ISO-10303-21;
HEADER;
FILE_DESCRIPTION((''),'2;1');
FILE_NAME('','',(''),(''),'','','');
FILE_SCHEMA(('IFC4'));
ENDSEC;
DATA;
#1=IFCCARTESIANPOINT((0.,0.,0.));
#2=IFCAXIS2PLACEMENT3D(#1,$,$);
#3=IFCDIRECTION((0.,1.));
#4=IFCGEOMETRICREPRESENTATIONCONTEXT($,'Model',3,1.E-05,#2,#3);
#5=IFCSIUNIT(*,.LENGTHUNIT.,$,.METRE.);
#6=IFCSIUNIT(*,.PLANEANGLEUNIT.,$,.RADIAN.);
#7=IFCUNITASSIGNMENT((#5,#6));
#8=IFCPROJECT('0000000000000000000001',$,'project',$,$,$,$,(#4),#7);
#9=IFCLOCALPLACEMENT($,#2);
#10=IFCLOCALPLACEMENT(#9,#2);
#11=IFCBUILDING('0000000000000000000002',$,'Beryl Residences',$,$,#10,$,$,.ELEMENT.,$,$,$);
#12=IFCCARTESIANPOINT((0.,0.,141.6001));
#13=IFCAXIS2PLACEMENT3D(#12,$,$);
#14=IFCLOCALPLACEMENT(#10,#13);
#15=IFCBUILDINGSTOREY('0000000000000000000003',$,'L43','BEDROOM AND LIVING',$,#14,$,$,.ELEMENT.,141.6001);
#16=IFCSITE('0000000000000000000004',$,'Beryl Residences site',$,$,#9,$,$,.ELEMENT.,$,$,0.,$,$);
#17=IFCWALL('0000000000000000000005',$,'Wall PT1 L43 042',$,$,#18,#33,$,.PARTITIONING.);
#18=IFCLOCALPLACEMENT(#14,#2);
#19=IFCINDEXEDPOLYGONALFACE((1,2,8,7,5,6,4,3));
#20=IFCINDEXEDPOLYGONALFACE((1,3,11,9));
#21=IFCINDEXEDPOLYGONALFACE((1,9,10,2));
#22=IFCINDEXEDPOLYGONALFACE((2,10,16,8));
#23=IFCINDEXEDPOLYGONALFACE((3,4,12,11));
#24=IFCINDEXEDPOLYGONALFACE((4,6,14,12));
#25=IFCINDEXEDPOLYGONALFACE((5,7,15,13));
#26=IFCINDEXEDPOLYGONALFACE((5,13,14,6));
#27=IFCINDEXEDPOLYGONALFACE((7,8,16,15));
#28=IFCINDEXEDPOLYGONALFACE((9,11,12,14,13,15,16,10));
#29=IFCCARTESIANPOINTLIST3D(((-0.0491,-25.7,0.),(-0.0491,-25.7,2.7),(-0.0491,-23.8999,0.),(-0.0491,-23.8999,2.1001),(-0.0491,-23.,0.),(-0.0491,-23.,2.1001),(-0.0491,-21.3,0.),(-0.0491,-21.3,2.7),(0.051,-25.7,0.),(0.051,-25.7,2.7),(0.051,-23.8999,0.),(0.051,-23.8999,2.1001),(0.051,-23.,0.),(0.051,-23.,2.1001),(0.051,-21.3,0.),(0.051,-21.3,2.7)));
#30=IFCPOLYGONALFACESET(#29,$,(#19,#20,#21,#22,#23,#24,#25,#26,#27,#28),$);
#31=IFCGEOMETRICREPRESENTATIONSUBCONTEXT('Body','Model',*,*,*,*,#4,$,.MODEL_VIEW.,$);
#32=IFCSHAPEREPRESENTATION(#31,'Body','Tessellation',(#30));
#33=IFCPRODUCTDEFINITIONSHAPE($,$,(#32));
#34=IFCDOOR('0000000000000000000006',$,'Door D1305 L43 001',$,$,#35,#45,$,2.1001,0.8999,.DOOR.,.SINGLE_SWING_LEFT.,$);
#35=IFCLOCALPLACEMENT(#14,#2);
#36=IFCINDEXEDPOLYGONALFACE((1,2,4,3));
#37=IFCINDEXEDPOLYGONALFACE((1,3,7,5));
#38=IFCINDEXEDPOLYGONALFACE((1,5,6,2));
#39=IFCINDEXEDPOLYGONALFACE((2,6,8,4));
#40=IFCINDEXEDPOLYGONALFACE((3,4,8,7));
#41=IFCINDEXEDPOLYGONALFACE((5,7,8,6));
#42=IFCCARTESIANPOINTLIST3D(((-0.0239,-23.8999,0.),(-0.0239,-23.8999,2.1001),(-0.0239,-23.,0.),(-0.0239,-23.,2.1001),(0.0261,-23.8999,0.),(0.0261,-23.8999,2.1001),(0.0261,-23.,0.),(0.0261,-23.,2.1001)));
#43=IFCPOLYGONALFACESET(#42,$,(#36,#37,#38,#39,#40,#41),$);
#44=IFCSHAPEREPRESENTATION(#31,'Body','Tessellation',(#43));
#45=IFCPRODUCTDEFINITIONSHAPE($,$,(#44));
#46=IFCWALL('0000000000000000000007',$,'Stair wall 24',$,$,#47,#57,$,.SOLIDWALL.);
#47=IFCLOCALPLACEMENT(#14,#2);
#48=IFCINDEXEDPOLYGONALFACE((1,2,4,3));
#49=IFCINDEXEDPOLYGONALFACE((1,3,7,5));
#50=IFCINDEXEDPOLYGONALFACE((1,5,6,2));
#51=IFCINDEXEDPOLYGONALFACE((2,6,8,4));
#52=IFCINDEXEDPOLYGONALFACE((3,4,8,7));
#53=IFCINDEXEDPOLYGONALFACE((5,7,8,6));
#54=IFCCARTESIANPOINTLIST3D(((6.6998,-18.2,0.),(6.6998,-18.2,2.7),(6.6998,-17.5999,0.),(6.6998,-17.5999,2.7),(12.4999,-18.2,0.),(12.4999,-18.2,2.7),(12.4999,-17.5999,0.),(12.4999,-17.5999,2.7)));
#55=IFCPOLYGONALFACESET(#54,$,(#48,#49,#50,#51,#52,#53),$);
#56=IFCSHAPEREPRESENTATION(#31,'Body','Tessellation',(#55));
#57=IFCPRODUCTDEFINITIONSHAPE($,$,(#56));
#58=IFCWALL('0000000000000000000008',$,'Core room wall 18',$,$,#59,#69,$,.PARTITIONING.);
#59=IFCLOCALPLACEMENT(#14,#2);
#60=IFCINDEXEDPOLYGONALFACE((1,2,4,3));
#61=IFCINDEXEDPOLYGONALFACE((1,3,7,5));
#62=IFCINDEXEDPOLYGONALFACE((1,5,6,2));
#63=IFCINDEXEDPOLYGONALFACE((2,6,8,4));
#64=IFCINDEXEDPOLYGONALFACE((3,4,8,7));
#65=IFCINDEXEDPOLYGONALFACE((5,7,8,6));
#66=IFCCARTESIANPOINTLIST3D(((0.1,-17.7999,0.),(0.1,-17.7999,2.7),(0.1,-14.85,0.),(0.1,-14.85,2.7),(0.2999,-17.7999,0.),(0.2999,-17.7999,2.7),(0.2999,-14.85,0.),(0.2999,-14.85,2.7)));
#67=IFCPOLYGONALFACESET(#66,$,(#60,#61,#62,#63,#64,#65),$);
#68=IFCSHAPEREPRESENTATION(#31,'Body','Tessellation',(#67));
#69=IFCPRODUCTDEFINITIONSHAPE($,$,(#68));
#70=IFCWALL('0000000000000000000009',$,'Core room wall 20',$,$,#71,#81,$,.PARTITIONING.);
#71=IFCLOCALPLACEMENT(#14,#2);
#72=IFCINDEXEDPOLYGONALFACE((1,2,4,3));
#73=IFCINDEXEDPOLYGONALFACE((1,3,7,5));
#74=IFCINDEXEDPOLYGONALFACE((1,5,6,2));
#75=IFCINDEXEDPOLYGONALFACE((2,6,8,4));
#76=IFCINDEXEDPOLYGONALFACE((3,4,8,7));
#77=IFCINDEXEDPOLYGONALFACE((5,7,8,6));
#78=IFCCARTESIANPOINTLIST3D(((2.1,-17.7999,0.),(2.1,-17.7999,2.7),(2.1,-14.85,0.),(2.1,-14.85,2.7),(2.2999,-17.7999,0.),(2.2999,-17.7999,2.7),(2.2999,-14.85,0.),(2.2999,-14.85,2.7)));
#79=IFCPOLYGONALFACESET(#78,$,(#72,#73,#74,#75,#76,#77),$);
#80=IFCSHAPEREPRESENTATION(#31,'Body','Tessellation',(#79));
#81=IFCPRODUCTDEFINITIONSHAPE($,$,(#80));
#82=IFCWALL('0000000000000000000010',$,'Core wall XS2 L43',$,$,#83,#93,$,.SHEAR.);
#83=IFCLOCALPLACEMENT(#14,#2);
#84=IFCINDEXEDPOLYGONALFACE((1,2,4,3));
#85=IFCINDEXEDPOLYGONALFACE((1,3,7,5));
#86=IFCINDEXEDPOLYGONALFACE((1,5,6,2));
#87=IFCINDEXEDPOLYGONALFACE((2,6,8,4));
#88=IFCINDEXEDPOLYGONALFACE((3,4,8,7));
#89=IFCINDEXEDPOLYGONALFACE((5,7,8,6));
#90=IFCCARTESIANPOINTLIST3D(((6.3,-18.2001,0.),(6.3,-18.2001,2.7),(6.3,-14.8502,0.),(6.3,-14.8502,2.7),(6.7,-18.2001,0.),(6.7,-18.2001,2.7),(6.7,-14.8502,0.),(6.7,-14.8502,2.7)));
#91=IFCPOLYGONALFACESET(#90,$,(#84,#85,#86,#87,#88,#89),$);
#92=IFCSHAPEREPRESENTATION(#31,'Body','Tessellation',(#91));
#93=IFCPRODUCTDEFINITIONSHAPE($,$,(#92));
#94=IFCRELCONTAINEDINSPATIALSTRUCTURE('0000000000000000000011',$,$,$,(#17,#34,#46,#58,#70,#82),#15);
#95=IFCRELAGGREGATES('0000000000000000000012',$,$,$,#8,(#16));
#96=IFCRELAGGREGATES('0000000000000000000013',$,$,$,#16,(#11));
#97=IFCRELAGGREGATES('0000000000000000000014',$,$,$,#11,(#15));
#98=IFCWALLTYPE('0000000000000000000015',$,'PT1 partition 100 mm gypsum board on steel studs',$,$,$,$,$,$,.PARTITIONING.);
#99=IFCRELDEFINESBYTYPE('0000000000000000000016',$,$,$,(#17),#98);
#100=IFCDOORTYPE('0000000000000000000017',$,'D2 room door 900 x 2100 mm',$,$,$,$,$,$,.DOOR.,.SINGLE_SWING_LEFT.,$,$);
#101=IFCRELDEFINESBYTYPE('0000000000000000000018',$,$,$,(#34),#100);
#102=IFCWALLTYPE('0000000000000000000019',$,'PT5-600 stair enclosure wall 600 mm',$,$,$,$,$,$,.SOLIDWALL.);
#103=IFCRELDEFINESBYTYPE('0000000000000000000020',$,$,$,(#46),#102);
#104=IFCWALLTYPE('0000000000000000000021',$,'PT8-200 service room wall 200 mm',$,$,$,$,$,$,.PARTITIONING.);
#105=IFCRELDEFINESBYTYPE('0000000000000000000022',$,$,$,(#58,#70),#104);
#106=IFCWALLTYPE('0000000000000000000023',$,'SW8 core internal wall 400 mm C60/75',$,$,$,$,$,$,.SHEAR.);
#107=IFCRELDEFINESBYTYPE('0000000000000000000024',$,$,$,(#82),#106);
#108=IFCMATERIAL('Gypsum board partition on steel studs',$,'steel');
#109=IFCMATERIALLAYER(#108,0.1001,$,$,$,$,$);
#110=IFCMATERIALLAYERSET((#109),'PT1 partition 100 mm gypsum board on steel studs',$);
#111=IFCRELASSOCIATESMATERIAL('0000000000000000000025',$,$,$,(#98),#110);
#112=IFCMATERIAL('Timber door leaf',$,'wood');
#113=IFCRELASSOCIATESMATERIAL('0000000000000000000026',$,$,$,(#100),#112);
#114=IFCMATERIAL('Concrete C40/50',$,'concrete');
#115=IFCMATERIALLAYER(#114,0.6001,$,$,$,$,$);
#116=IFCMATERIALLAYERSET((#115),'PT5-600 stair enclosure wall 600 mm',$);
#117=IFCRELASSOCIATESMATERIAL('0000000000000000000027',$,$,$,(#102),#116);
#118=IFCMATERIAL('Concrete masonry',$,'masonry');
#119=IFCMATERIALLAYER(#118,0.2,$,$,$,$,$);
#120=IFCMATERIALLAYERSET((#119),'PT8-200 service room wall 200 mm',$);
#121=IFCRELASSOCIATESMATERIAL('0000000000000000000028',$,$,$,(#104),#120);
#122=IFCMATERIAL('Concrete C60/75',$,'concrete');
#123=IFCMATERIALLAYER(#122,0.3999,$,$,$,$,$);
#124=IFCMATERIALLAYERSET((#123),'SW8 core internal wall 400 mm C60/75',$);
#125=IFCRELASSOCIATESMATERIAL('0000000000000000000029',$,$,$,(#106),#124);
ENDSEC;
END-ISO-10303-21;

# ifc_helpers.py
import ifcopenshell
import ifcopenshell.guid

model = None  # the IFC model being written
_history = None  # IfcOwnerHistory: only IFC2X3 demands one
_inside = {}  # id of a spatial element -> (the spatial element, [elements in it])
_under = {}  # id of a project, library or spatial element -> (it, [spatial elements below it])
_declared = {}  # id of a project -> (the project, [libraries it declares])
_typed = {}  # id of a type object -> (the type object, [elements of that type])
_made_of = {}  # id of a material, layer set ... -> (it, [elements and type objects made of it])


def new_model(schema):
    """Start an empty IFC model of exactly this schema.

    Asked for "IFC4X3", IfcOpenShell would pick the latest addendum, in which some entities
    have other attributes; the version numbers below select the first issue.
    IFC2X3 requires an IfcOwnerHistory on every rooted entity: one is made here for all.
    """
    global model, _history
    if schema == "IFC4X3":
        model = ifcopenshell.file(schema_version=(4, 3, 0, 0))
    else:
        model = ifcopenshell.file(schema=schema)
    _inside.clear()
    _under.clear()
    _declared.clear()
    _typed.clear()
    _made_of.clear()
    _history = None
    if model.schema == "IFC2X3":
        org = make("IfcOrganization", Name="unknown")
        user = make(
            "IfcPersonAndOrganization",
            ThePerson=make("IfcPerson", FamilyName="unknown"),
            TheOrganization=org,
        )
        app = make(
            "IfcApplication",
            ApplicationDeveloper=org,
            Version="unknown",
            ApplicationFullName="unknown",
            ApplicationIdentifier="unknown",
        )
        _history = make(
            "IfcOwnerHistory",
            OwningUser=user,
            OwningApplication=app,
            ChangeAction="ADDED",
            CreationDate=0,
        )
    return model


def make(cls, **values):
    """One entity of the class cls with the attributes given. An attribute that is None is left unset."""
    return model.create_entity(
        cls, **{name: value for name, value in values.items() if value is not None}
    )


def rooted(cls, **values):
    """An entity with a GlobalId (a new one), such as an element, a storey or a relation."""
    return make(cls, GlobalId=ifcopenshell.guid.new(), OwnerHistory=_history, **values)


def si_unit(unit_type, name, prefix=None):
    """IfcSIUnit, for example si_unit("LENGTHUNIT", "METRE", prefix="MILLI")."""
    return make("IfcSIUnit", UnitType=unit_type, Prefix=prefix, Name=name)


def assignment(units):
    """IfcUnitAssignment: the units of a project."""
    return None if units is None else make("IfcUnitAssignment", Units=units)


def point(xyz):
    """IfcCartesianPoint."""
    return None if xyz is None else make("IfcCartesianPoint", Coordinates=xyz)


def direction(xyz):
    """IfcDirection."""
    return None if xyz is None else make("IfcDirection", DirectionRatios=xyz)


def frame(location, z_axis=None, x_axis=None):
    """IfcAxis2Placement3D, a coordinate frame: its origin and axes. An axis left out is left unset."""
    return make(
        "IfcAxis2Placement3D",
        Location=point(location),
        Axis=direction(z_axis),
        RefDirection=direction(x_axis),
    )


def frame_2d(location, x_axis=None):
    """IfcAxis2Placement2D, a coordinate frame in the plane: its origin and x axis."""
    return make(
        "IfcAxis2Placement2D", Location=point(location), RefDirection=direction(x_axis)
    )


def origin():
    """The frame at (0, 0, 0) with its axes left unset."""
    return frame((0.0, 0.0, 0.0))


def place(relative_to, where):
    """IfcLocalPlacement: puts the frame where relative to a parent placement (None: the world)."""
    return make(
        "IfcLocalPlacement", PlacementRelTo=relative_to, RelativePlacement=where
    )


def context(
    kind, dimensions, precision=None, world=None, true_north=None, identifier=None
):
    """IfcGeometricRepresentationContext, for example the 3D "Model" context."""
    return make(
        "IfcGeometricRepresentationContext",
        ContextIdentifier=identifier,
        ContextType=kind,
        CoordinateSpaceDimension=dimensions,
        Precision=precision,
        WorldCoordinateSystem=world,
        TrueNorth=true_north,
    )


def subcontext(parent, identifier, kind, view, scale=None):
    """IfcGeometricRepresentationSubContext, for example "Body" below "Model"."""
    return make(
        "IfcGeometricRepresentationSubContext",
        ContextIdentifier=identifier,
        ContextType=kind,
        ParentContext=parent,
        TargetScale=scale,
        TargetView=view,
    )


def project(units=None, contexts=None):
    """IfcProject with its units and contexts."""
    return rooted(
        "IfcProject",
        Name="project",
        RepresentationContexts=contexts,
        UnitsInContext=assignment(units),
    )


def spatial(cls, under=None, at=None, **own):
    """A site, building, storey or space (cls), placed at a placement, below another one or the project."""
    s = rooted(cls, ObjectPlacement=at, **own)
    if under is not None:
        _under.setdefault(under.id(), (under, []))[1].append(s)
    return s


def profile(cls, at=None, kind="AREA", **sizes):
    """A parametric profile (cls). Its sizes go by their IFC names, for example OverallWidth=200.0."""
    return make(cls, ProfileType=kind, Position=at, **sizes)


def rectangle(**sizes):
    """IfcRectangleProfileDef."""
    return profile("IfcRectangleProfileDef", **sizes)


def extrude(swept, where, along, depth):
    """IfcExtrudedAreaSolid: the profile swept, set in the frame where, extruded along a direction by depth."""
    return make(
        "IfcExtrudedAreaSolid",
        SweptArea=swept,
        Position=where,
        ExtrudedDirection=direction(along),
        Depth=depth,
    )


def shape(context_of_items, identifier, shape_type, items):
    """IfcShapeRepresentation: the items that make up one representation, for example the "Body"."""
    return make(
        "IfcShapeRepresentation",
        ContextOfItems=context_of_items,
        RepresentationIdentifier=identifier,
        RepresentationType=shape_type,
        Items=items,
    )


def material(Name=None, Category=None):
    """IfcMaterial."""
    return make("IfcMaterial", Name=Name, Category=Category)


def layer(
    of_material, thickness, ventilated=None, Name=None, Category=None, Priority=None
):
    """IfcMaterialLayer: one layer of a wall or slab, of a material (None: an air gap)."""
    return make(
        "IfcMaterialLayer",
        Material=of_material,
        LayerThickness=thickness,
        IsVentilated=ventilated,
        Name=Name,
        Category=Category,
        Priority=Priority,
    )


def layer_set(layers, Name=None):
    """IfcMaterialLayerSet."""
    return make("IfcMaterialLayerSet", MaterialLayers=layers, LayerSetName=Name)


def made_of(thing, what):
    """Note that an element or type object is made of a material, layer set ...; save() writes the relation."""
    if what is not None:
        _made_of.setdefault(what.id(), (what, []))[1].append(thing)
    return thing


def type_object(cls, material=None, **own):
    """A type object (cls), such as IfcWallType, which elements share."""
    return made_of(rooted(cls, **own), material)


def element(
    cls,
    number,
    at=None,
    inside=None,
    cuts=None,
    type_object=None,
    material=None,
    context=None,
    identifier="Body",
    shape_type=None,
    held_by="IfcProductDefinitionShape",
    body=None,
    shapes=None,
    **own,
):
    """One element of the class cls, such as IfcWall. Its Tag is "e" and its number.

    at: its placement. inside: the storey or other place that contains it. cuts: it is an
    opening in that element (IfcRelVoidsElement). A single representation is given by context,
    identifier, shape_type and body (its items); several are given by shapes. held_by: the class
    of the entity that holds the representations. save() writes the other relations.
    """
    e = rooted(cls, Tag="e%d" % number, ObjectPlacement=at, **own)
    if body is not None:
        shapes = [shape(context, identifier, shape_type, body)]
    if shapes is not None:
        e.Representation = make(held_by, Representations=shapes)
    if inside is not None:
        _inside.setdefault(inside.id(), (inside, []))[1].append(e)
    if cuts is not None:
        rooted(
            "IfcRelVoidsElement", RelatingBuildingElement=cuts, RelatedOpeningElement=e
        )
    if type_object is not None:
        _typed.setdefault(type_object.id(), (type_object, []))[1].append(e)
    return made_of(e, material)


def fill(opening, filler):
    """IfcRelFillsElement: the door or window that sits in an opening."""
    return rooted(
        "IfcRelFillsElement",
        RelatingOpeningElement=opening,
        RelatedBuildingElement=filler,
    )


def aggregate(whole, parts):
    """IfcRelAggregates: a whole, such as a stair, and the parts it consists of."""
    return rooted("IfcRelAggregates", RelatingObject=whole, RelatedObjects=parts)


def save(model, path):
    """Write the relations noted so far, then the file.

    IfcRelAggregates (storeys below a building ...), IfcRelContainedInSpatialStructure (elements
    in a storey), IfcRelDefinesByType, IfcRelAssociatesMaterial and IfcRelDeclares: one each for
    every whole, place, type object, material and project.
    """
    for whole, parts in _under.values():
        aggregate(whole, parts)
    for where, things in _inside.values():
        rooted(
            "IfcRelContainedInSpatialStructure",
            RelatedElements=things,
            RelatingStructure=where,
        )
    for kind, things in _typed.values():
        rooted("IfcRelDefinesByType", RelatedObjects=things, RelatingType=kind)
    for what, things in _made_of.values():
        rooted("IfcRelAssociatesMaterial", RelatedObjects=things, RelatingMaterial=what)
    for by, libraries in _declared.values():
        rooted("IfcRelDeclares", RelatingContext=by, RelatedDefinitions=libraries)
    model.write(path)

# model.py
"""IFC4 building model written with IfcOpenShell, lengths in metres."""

from ifc_helpers import new_model, si_unit, direction, frame, frame_2d, origin, place, context, subcontext, project, spatial, rectangle, extrude, material, layer, layer_set, type_object, element, fill, save


model = new_model("IFC4")

# Units and contexts
model_context = context("Model", 3, precision=1e-05, world=origin(), true_north=direction((0.0, 1.0)))
body_context = subcontext(model_context, "Body", "Model", "MODEL_VIEW")
ifc_project = project(units=[si_unit("LENGTHUNIT", "METRE"), si_unit("PLANEANGLEUNIT", "RADIAN")], contexts=[model_context])

# Site, building, storey
site_placement = place(None, origin())
site = spatial("IfcSite", under=ifc_project, at=site_placement, Name="Beryl Residences site", CompositionType="ELEMENT", RefElevation=0.0)
building_placement = place(site_placement, origin())
building = spatial("IfcBuilding", under=site, at=building_placement, Name="Beryl Residences", CompositionType="ELEMENT")
storey_placement = place(building_placement, frame((0.0, 0.0, 141.6001)))
storey = spatial("IfcBuildingStorey", under=building, at=storey_placement, Name="L43", Description="BEDROOM AND LIVING", CompositionType="ELEMENT", Elevation=141.6001)

# Shared definitions
ifc_material_1 = material(Name="Gypsum board partition on steel studs", Category="steel")
ifc_layer_1 = layer(ifc_material_1, 0.1001)
ifc_layer_set_1 = layer_set([ifc_layer_1], Name="PT1 partition 100 mm gypsum board on steel studs")
wall_type_1 = type_object("IfcWallType", Name="PT1 partition 100 mm gypsum board on steel studs", PredefinedType="PARTITIONING", material=ifc_layer_set_1)
ifc_material_2 = material(Name="Timber door leaf", Category="wood")
door_type_1 = type_object("IfcDoorType", Name="D2 room door 900 x 2100 mm", OperationType="SINGLE_SWING_LEFT", PredefinedType="DOOR", material=ifc_material_2)

# Wall, opening, door
wall_1_placement = place(storey_placement, frame((0.001, -25.7, 0.0), z_axis=(0.0, 0.0, 1.0), x_axis=(0.0, 1.0, 0.0)))
wall_1 = element("IfcWall", 1, at=wall_1_placement, inside=storey, type_object=wall_type_1, Name="Wall PT1 L43 042", PredefinedType="PARTITIONING", context=body_context, shape_type="SweptSolid", body=[
    extrude(rectangle(XDim=4.3999, YDim=0.1001, at=frame_2d((2.2, 0.0))), origin(), (0.0, 0.0, 1.0), 2.7),
])
opening_1_placement = place(wall_1_placement, frame((1.8, 0.0, 0.0)))
opening_1 = element("IfcOpeningElement", 2, at=opening_1_placement, cuts=wall_1, PredefinedType="OPENING", context=body_context, shape_type="SweptSolid", body=[
    extrude(rectangle(XDim=0.8999, YDim=2.1001, at=frame_2d((0.45, 1.05))), frame((0.0, 0.0601, 0.0), z_axis=(0.0, -1.0, 0.0), x_axis=(1.0, 0.0, 0.0)), (0.0, 0.0, 1.0), 0.1201),
])
door_1_placement = place(opening_1_placement, origin())
door_1 = element("IfcDoor", 3, at=door_1_placement, inside=storey, type_object=door_type_1, Name="Door D1305 L43 001", OperationType="SINGLE_SWING_LEFT", OverallHeight=2.1001, OverallWidth=0.8999, PredefinedType="DOOR", context=body_context, shape_type="SweptSolid", body=[
    extrude(rectangle(XDim=0.8999, YDim=2.1001, at=frame_2d((0.45, 1.05))), frame((0.0, 0.0249, 0.0), z_axis=(0.0, -1.0, 0.0), x_axis=(1.0, 0.0, 0.0)), (0.0, 0.0, 1.0), 0.05),
])
fill(opening_1, door_1)

# Walls
ifc_material_3 = material(Name="Concrete C40/50", Category="concrete")
ifc_layer_2 = layer(ifc_material_3, 0.6001)
ifc_layer_set_2 = layer_set([ifc_layer_2], Name="PT5-600 stair enclosure wall 600 mm")
wall_type_2 = type_object("IfcWallType", Name="PT5-600 stair enclosure wall 600 mm", PredefinedType="SOLIDWALL", material=ifc_layer_set_2)
wall_2_placement = place(storey_placement, frame((6.7, -17.8999, 0.0), z_axis=(0.0, 0.0, 1.0), x_axis=(1.0, 0.0, 0.0)))
element("IfcWall", 4, at=wall_2_placement, inside=storey, type_object=wall_type_2, Name="Stair wall 24", PredefinedType="SOLIDWALL", context=body_context, shape_type="SweptSolid", body=[
    extrude(rectangle(XDim=5.8, YDim=0.6001, at=frame_2d((2.8999, 0.0))), origin(), (0.0, 0.0, 1.0), 2.7),
])
ifc_material_4 = material(Name="Concrete masonry", Category="masonry")
ifc_layer_3 = layer(ifc_material_4, 0.2)
ifc_layer_set_3 = layer_set([ifc_layer_3], Name="PT8-200 service room wall 200 mm")
wall_type_3 = type_object("IfcWallType", Name="PT8-200 service room wall 200 mm", PredefinedType="PARTITIONING", material=ifc_layer_set_3)
for number, where, z_axis, x_axis, name in (
    (5, (0.2, -17.8, 0.0), (0.0, 0.0, 1.0), (0.0, 1.0, 0.0), "Core room wall 18"),
    (6, (2.2, -17.8, 0.0), (0.0, 0.0, 1.0), (0.0, 1.0, 0.0), "Core room wall 20"),
):
    element("IfcWall", number, at=place(storey_placement, frame(where, z_axis=z_axis, x_axis=x_axis)), inside=storey, type_object=wall_type_3, Name=name, PredefinedType="PARTITIONING", context=body_context, shape_type="SweptSolid", body=[
        extrude(rectangle(XDim=2.95, YDim=0.2, at=frame_2d((1.4751, 0.0))), origin(), (0.0, 0.0, 1.0), 2.7),
    ])
ifc_material_5 = material(Name="Concrete C60/75", Category="concrete")
ifc_layer_4 = layer(ifc_material_5, 0.3999)
ifc_layer_set_4 = layer_set([ifc_layer_4], Name="SW8 core internal wall 400 mm C60/75")
wall_type_4 = type_object("IfcWallType", Name="SW8 core internal wall 400 mm C60/75", PredefinedType="SHEAR", material=ifc_layer_set_4)
wall_3_placement = place(storey_placement, frame((6.5, -18.2, 0.0), z_axis=(0.0, 0.0, 1.0), x_axis=(0.0, 1.0, 0.0)))
element("IfcWall", 7, at=wall_3_placement, inside=storey, type_object=wall_type_4, Name="Core wall XS2 L43", PredefinedType="SHEAR", context=body_context, shape_type="SweptSolid", body=[
    extrude(rectangle(XDim=3.3499, YDim=0.3999, at=frame_2d((1.6748, 0.0))), origin(), (0.0, 0.0, 1.0), 2.7),
])

save(model, "model.ifc")
